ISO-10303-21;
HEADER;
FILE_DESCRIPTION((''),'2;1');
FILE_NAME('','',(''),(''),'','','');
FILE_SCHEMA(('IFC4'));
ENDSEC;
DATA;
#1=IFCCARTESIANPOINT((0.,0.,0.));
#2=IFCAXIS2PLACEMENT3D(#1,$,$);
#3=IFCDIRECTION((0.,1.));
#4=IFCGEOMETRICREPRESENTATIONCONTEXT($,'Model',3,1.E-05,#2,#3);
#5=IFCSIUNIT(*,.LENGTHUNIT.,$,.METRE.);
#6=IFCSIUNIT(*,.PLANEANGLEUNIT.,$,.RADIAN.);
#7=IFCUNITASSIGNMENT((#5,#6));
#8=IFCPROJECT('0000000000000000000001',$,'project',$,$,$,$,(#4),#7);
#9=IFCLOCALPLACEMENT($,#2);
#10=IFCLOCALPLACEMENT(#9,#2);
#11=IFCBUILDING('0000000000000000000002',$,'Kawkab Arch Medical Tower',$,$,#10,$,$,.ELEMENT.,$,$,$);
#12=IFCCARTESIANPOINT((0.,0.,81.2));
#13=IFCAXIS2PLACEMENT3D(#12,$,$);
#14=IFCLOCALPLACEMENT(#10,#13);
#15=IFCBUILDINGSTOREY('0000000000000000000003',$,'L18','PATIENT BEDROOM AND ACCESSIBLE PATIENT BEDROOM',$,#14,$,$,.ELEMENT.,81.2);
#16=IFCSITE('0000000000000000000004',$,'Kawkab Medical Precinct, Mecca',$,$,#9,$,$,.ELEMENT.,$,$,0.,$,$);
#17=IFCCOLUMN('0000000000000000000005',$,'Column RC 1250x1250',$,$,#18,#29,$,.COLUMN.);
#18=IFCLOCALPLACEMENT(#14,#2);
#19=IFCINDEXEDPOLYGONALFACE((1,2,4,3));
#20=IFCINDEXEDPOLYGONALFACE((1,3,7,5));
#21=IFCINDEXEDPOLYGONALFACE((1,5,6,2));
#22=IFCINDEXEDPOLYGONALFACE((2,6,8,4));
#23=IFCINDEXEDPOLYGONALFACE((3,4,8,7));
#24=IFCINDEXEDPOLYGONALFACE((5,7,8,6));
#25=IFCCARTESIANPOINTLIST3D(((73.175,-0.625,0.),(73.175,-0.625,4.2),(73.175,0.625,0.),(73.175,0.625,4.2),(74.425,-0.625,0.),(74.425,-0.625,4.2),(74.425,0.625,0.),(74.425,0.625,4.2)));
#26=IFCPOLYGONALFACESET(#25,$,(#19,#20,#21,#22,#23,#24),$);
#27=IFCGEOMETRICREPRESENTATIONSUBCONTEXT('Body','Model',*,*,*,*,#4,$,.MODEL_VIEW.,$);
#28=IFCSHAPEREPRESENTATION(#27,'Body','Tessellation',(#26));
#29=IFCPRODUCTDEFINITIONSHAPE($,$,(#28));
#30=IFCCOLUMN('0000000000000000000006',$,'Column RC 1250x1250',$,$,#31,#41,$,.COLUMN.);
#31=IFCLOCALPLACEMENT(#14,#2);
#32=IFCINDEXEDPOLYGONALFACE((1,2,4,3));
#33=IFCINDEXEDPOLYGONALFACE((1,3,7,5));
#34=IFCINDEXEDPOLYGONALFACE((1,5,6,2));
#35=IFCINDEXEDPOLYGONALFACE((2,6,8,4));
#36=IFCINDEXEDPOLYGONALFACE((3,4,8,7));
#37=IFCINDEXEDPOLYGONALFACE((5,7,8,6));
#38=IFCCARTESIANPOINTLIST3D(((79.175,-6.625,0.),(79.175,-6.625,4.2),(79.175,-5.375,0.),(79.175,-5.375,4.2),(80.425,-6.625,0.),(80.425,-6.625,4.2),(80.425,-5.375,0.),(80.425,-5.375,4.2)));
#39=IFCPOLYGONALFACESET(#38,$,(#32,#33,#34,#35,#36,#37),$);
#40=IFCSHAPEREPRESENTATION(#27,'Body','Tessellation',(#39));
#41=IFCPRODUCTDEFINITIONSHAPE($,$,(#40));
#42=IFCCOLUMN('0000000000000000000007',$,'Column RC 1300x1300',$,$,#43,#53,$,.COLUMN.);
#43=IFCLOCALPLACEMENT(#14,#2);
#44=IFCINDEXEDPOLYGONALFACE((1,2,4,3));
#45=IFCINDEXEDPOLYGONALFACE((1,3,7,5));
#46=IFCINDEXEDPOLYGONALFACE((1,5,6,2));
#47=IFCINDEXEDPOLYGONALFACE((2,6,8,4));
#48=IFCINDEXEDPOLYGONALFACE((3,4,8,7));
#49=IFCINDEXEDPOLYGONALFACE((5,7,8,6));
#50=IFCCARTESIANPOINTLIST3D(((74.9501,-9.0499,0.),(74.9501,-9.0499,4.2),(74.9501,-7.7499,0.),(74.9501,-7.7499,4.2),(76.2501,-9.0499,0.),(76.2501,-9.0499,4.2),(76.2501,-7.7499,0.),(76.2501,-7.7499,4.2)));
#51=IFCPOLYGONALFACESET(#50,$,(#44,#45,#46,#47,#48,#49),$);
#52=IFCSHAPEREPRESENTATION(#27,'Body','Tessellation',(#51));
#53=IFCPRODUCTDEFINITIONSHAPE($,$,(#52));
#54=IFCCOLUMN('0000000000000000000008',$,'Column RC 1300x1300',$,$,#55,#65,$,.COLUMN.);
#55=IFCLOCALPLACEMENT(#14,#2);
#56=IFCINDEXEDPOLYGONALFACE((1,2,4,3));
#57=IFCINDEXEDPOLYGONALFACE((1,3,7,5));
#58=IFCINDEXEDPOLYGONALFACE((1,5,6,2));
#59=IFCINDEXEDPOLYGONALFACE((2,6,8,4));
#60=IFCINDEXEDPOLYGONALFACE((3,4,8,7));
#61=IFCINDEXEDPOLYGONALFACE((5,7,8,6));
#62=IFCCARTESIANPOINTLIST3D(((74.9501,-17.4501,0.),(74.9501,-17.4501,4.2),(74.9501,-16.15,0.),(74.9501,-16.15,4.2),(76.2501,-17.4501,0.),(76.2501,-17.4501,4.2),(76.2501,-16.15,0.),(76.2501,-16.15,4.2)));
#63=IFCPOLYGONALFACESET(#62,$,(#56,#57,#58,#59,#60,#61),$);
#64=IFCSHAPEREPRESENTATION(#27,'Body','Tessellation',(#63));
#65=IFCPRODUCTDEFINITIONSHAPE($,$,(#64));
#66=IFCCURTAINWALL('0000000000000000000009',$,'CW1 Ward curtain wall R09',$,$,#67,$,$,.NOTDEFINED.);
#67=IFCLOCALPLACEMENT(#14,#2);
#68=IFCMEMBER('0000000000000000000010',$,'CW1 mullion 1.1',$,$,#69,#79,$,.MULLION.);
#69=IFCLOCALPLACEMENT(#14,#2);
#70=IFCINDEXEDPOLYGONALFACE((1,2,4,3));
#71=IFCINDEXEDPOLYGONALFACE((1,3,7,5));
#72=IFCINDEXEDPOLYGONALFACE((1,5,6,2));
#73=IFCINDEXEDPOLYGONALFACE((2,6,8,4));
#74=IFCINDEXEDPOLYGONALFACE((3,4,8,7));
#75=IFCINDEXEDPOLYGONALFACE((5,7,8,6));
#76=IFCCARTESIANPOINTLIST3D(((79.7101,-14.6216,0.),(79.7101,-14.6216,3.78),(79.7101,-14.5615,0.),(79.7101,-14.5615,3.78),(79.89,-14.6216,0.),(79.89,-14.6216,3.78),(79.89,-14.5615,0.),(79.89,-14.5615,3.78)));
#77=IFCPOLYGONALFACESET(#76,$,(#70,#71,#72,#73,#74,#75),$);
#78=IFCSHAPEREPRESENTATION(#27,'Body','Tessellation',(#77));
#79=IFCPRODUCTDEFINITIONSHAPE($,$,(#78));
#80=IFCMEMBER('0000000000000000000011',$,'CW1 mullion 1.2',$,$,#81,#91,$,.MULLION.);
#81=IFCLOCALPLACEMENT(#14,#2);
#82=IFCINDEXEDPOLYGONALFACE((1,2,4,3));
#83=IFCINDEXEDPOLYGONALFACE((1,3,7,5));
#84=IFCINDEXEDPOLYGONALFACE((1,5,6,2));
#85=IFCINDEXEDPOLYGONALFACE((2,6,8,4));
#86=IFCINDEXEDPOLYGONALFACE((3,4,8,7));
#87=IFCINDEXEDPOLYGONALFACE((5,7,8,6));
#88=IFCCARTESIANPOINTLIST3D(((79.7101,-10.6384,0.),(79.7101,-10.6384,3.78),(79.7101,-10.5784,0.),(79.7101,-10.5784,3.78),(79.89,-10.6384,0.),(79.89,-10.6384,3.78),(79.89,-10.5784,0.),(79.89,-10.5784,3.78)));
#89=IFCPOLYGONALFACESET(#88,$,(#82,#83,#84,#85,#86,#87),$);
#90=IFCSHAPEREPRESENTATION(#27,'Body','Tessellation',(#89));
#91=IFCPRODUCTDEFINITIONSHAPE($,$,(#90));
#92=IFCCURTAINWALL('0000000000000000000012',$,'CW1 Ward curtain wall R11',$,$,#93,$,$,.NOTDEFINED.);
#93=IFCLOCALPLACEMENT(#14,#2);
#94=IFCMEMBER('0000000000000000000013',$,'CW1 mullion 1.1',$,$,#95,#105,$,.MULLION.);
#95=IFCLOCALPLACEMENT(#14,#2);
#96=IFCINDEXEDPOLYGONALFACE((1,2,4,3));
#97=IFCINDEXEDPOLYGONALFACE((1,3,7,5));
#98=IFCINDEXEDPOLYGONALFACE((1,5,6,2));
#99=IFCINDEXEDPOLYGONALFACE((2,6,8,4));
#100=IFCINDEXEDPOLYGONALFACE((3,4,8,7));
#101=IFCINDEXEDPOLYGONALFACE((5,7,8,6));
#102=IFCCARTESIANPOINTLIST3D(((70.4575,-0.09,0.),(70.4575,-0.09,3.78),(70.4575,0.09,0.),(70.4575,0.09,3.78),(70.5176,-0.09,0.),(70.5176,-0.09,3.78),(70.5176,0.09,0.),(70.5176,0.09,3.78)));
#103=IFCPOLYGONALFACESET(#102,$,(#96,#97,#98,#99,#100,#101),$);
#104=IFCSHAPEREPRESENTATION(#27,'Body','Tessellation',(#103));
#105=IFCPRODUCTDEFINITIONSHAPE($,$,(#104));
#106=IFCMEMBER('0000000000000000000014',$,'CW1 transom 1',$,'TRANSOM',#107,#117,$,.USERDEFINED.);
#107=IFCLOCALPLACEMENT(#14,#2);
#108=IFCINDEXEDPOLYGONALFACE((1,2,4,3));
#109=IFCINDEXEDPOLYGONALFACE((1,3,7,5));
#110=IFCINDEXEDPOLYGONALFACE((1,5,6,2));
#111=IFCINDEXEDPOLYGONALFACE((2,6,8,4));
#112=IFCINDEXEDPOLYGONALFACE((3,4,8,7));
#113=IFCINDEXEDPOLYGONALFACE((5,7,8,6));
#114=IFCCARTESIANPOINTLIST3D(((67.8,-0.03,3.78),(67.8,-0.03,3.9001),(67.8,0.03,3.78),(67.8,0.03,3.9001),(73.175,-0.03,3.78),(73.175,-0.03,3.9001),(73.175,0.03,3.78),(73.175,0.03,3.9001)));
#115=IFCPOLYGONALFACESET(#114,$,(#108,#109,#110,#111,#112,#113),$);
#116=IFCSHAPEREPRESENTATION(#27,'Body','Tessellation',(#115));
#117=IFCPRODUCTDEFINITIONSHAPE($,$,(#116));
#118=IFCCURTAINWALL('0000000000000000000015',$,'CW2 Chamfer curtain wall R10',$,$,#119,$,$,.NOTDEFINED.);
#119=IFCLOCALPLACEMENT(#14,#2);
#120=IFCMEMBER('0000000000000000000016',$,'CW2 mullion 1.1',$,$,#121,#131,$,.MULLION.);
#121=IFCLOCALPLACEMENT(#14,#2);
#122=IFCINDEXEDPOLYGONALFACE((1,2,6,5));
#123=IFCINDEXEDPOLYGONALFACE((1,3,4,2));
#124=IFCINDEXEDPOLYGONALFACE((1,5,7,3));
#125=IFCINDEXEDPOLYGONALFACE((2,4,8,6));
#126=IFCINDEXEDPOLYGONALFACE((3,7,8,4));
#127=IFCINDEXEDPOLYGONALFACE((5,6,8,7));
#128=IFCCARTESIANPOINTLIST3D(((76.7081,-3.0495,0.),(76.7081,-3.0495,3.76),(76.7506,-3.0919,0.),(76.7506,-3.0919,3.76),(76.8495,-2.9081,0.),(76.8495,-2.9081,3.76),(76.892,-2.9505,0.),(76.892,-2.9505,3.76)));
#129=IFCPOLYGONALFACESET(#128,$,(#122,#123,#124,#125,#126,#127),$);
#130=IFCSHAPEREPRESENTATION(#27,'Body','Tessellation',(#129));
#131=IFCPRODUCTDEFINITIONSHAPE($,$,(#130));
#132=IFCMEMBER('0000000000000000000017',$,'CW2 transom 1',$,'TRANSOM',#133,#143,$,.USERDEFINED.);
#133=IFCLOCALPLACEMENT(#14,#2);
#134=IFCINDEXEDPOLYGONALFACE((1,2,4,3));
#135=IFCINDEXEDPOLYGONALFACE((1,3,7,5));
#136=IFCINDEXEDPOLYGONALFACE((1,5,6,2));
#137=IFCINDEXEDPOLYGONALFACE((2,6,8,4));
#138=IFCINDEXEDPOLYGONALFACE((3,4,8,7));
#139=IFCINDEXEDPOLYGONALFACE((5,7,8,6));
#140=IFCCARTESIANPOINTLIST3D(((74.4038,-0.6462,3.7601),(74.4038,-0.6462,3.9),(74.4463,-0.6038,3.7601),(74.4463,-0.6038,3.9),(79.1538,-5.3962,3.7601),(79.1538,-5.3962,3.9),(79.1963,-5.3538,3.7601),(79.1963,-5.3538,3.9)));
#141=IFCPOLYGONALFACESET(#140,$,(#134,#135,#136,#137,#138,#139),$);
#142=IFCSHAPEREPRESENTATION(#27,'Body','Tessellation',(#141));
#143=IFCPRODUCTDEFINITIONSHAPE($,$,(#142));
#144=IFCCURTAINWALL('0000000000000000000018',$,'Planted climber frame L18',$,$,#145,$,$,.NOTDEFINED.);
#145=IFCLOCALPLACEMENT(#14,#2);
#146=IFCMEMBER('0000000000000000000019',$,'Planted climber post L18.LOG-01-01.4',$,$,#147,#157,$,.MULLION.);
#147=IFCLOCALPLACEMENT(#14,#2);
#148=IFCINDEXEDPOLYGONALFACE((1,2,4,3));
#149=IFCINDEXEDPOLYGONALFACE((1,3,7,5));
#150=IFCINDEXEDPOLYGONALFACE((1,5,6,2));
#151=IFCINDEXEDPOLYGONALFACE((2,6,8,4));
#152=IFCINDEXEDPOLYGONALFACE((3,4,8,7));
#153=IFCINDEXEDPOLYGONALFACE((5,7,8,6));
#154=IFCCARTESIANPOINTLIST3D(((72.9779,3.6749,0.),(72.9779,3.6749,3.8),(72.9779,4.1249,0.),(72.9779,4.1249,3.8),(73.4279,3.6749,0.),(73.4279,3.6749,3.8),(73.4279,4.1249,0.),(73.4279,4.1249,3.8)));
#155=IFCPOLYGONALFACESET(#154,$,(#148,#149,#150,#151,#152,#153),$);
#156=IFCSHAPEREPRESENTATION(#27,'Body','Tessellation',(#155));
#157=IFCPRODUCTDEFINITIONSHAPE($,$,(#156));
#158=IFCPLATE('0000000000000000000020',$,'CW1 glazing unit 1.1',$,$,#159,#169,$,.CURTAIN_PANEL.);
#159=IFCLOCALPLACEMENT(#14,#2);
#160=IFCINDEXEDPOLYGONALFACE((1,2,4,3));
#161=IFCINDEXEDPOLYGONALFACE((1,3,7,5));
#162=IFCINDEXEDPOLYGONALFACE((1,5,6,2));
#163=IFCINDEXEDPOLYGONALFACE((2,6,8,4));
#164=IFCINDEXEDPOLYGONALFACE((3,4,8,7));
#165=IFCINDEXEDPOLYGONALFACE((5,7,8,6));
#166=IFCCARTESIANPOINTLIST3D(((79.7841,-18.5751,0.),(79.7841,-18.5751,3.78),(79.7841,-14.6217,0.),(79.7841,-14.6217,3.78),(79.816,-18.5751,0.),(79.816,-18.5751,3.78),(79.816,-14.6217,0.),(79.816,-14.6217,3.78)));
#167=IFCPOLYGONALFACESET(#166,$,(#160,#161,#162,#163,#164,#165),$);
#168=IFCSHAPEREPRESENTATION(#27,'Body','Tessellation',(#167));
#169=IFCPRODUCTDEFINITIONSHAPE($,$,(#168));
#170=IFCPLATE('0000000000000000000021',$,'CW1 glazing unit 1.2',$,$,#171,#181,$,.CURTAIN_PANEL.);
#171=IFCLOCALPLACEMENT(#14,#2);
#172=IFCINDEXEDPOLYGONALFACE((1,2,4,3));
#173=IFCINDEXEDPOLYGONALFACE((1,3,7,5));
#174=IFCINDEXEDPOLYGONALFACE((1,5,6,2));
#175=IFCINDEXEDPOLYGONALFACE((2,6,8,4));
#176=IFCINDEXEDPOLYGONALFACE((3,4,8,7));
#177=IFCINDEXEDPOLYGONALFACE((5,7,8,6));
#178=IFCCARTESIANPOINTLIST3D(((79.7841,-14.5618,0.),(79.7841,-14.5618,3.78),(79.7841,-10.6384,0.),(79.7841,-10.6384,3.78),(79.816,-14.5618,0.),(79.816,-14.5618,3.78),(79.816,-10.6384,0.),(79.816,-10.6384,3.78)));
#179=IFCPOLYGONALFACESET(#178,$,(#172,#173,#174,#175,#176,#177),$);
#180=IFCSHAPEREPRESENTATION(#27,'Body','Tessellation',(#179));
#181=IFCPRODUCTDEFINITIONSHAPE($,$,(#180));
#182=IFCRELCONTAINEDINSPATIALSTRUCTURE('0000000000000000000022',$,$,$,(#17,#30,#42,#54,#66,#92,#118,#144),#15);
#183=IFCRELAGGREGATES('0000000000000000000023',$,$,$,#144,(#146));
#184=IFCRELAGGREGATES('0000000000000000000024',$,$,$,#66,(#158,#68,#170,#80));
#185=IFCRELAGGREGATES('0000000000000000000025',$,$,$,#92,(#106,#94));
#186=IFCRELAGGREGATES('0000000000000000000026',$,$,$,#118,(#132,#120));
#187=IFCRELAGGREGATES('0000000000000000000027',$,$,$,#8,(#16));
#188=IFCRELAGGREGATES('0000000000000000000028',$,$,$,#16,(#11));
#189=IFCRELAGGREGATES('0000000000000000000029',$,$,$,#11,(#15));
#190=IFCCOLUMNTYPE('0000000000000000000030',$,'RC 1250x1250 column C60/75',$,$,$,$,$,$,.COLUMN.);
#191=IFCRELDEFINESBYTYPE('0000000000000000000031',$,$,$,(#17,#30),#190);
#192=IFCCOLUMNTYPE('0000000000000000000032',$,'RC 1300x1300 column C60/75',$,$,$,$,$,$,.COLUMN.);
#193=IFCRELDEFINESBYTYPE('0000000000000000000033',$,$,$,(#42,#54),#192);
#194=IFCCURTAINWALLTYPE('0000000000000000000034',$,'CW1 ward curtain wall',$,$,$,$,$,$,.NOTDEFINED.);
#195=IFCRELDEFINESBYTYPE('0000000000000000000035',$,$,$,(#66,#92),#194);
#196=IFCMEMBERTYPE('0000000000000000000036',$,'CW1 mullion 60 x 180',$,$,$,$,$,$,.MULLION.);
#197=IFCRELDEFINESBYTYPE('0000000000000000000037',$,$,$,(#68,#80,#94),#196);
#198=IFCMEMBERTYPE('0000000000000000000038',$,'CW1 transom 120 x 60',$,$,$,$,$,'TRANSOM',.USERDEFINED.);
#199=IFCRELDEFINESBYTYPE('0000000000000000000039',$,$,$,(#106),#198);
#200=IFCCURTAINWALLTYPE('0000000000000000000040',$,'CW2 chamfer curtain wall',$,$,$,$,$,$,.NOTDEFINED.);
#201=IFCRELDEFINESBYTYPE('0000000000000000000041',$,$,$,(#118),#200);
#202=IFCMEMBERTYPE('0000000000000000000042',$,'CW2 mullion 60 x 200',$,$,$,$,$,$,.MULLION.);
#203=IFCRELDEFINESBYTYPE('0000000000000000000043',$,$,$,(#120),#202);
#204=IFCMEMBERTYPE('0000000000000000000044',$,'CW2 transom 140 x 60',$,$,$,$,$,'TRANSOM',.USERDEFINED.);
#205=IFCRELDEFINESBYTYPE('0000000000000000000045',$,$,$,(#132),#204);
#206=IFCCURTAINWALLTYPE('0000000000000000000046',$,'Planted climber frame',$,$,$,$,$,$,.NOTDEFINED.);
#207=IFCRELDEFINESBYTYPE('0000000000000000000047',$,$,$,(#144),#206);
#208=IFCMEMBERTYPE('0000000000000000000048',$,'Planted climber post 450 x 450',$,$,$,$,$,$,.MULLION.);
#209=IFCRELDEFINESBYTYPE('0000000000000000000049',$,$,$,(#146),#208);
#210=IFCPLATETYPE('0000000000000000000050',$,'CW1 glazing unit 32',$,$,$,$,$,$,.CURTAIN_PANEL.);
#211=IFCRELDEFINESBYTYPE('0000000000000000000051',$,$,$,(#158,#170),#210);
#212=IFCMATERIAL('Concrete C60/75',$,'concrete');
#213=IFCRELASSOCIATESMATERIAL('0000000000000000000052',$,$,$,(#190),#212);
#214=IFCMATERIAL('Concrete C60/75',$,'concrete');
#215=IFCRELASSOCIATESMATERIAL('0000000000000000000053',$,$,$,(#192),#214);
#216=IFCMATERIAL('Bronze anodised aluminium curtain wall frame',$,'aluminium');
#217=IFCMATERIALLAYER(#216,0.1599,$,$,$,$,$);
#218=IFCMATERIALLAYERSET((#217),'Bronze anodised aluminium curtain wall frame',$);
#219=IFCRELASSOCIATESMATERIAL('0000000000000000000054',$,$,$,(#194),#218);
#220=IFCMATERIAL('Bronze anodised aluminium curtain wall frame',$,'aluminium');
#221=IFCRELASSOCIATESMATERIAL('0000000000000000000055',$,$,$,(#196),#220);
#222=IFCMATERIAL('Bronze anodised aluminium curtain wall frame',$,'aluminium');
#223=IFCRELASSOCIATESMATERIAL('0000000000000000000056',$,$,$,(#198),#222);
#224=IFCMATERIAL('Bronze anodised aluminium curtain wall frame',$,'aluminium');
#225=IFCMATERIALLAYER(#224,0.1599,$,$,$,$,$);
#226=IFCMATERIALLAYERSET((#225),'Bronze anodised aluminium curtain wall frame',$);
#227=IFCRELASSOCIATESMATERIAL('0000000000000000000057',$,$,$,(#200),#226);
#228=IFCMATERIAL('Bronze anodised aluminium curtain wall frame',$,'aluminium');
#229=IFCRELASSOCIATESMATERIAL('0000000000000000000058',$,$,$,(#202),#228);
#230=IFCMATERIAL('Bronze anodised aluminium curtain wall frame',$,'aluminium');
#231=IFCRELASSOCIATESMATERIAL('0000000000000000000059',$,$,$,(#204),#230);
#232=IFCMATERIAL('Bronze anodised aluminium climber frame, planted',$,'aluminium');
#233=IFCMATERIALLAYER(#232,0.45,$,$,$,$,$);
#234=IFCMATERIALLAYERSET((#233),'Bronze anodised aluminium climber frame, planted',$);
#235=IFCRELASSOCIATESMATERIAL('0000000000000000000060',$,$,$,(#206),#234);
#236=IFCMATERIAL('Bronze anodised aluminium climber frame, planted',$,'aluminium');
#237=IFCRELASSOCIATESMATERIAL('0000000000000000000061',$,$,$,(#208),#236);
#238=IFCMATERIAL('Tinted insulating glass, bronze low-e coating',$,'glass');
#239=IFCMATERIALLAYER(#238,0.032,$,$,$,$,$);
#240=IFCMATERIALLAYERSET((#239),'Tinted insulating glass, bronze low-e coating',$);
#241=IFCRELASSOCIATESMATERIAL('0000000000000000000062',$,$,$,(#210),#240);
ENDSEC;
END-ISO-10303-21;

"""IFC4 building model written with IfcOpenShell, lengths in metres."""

from ifc_helpers import new_model, si_unit, direction, frame, origin, origin_2d, place, context, subcontext, project, spatial, rectangle, extrude, material, layer, layer_set, material_profile, profile_set, type_object, element, aggregate, save


model = new_model("IFC4")

# Units and contexts
model_context = context("Model", 3, precision=1e-05, world=origin(), true_north=direction((0.0, 1.0)))
body_context = subcontext(model_context, "Body", "Model", "MODEL_VIEW")
ifc_project = project(units=[si_unit("LENGTHUNIT", "METRE"), si_unit("PLANEANGLEUNIT", "RADIAN")], contexts=[model_context])

# Site, building, storey
site_placement = place(None, origin())
site = spatial("IfcSite", under=ifc_project, at=site_placement, Name="Kawkab Medical Precinct, Mecca", CompositionType="ELEMENT", RefElevation=0.0)
building_placement = place(site_placement, origin())
building = spatial("IfcBuilding", under=site, at=building_placement, Name="Kawkab Arch Medical Tower", CompositionType="ELEMENT")
storey_placement = place(building_placement, frame((0.0, 0.0, 81.2)))
storey = spatial("IfcBuildingStorey", under=building, at=storey_placement, Name="L18", Description="PATIENT BEDROOM AND ACCESSIBLE PATIENT BEDROOM", CompositionType="ELEMENT", Elevation=81.2)

# Columns
ifc_material_1 = material(Name="Concrete C60/75", Category="concrete")
ifc_material_profile_1 = material_profile(ifc_material_1, rectangle(XDim=1.25, YDim=1.25, at=origin_2d()), Name="RC 1250x1250")
ifc_profile_set_1 = profile_set([ifc_material_profile_1], Name="Concrete C60/75")
column_type_1 = type_object("IfcColumnType", Name="RC 1250x1250 column C60/75", PredefinedType="COLUMN", material=ifc_profile_set_1)
for number, where, z_axis, x_axis, name in (
    (1, (73.8, 0.0, 0.0), (0.0, 0.0, 1.0), (1.0, 0.0, 0.0), "Column RC 1250x1250"),
    (2, (79.8, -6.0, 0.0), (0.0, 0.0, 1.0), (1.0, 0.0, 0.0), "Column RC 1250x1250"),
):
    element("IfcColumn", number, at=place(storey_placement, frame(where, z_axis=z_axis, x_axis=x_axis)), inside=storey, type_object=column_type_1, Name=name, PredefinedType="COLUMN", context=body_context, shape_type="SweptSolid", body=[
        extrude(rectangle(XDim=1.25, YDim=1.25, at=origin_2d()), origin(), (0.0, 0.0, 1.0), 4.2),
    ])
ifc_material_2 = material(Name="Concrete C60/75", Category="concrete")
ifc_material_profile_2 = material_profile(ifc_material_2, rectangle(XDim=1.3, YDim=1.3, at=origin_2d()), Name="RC 1300x1300")
ifc_profile_set_2 = profile_set([ifc_material_profile_2], Name="Concrete C60/75")
column_type_2 = type_object("IfcColumnType", Name="RC 1300x1300 column C60/75", PredefinedType="COLUMN", material=ifc_profile_set_2)
for number, where, z_axis, x_axis, name in (
    (3, (75.6001, -8.3999, 0.0), (0.0, 0.0, 1.0), (1.0, 0.0, 0.0), "Column RC 1300x1300"),
    (4, (75.6001, -16.8, 0.0), (0.0, 0.0, 1.0), (1.0, 0.0, 0.0), "Column RC 1300x1300"),
):
    element("IfcColumn", number, at=place(storey_placement, frame(where, z_axis=z_axis, x_axis=x_axis)), inside=storey, type_object=column_type_2, Name=name, PredefinedType="COLUMN", context=body_context, shape_type="SweptSolid", body=[
        extrude(rectangle(XDim=1.3, YDim=1.3, at=origin_2d()), origin(), (0.0, 0.0, 1.0), 4.2),
    ])

# Curtain walls, members
ifc_material_3 = material(Name="Bronze anodised aluminium curtain wall frame", Category="aluminium")
ifc_layer_1 = layer(ifc_material_3, 0.1599)
ifc_layer_set_1 = layer_set([ifc_layer_1], Name="Bronze anodised aluminium curtain wall frame")
curtain_wall_type_1 = type_object("IfcCurtainWallType", Name="CW1 ward curtain wall", PredefinedType="NOTDEFINED", material=ifc_layer_set_1)
placement = place(storey_placement, origin())
curtain_wall_1 = element("IfcCurtainWall", 5, at=placement, inside=storey, type_object=curtain_wall_type_1, Name="CW1 Ward curtain wall R09", PredefinedType="NOTDEFINED")
ifc_material_4 = material(Name="Bronze anodised aluminium curtain wall frame", Category="aluminium")
ifc_material_profile_3 = material_profile(ifc_material_4, rectangle(XDim=0.1799, YDim=0.0601, at=origin_2d()), Name="AL 60x180")
ifc_profile_set_3 = profile_set([ifc_material_profile_3], Name="Bronze anodised aluminium curtain wall frame")
member_type_1 = type_object("IfcMemberType", Name="CW1 mullion 60 x 180", PredefinedType="MULLION", material=ifc_profile_set_3)
member_1_placement = place(storey_placement, frame((79.8, -14.5916, 0.0), z_axis=(0.0, 0.0, 1.0), x_axis=(-1.0, 0.0, 0.0)))
member_1 = element("IfcMember", 6, at=member_1_placement, type_object=member_type_1, Name="CW1 mullion 1.1", PredefinedType="MULLION", context=body_context, shape_type="SweptSolid", body=[
    extrude(rectangle(XDim=0.1799, YDim=0.0601, at=origin_2d()), origin(), (0.0, 0.0, 1.0), 3.78),
])
member_2_placement = place(storey_placement, frame((79.8, -10.6084, 0.0), z_axis=(0.0, 0.0, 1.0), x_axis=(-1.0, 0.0, 0.0)))
member_2 = element("IfcMember", 7, at=member_2_placement, type_object=member_type_1, Name="CW1 mullion 1.2", PredefinedType="MULLION", context=body_context, shape_type="SweptSolid", body=[
    extrude(rectangle(XDim=0.1799, YDim=0.0601, at=origin_2d()), origin(), (0.0, 0.0, 1.0), 3.78),
])
curtain_wall_2 = element("IfcCurtainWall", 8, at=placement, inside=storey, type_object=curtain_wall_type_1, Name="CW1 Ward curtain wall R11", PredefinedType="NOTDEFINED")
member_3_placement = place(storey_placement, frame((70.4875, 0.0, 0.0), z_axis=(0.0, 0.0, 1.0), x_axis=(0.0, -1.0, 0.0)))
member_3 = element("IfcMember", 9, at=member_3_placement, type_object=member_type_1, Name="CW1 mullion 1.1", PredefinedType="MULLION", context=body_context, shape_type="SweptSolid", body=[
    extrude(rectangle(XDim=0.1799, YDim=0.0601, at=origin_2d()), origin(), (0.0, 0.0, 1.0), 3.78),
])
ifc_material_5 = material(Name="Bronze anodised aluminium curtain wall frame", Category="aluminium")
ifc_material_profile_4 = material_profile(ifc_material_5, rectangle(XDim=0.0601, YDim=0.1201, at=origin_2d()), Name="AL 60x120")
ifc_profile_set_4 = profile_set([ifc_material_profile_4], Name="Bronze anodised aluminium curtain wall frame")
member_type_2 = type_object("IfcMemberType", Name="CW1 transom 120 x 60", ElementType="TRANSOM", PredefinedType="USERDEFINED", material=ifc_profile_set_4)
member_4_placement = place(storey_placement, frame((73.175, 0.0, 3.8401), z_axis=(-1.0, 0.0, 0.0), x_axis=(0.0, -1.0, 0.0)))
member_4 = element("IfcMember", 10, at=member_4_placement, type_object=member_type_2, Name="CW1 transom 1", ObjectType="TRANSOM", PredefinedType="USERDEFINED", context=body_context, shape_type="SweptSolid", body=[
    extrude(rectangle(XDim=0.0601, YDim=0.1201, at=origin_2d()), origin(), (0.0, 0.0, 1.0), 5.375),
])
ifc_material_6 = material(Name="Bronze anodised aluminium curtain wall frame", Category="aluminium")
ifc_layer_2 = layer(ifc_material_6, 0.1599)
ifc_layer_set_2 = layer_set([ifc_layer_2], Name="Bronze anodised aluminium curtain wall frame")
curtain_wall_type_2 = type_object("IfcCurtainWallType", Name="CW2 chamfer curtain wall", PredefinedType="NOTDEFINED", material=ifc_layer_set_2)
curtain_wall_3 = element("IfcCurtainWall", 11, at=placement, inside=storey, type_object=curtain_wall_type_2, Name="CW2 Chamfer curtain wall R10", PredefinedType="NOTDEFINED")
ifc_material_7 = material(Name="Bronze anodised aluminium curtain wall frame", Category="aluminium")
ifc_material_profile_5 = material_profile(ifc_material_7, rectangle(XDim=0.2, YDim=0.0601, at=origin_2d()), Name="AL 60x200")
ifc_profile_set_5 = profile_set([ifc_material_profile_5], Name="Bronze anodised aluminium curtain wall frame")
member_type_3 = type_object("IfcMemberType", Name="CW2 mullion 60 x 200", PredefinedType="MULLION", material=ifc_profile_set_5)
member_5_placement = place(storey_placement, frame((76.8, -3.0, 0.0), z_axis=(0.0, 0.0, 1.0), x_axis=(-0.707107, -0.707107, 0.0)))
member_5 = element("IfcMember", 12, at=member_5_placement, type_object=member_type_3, Name="CW2 mullion 1.1", PredefinedType="MULLION", context=body_context, shape_type="SweptSolid", body=[
    extrude(rectangle(XDim=0.2, YDim=0.0601, at=origin_2d()), origin(), (0.0, 0.0, 1.0), 3.76),
])
ifc_material_8 = material(Name="Bronze anodised aluminium curtain wall frame", Category="aluminium")
ifc_material_profile_6 = material_profile(ifc_material_8, rectangle(XDim=0.0601, YDim=0.1399, at=origin_2d()), Name="AL 60x140")
ifc_profile_set_6 = profile_set([ifc_material_profile_6], Name="Bronze anodised aluminium curtain wall frame")
member_type_4 = type_object("IfcMemberType", Name="CW2 transom 140 x 60", ElementType="TRANSOM", PredefinedType="USERDEFINED", material=ifc_profile_set_6)
member_6_placement = place(storey_placement, frame((79.175, -5.375, 3.8301), z_axis=(-0.707107, 0.707107, 0.0), x_axis=(-0.707107, -0.707107, 0.0)))
member_6 = element("IfcMember", 13, at=member_6_placement, type_object=member_type_4, Name="CW2 transom 1", ObjectType="TRANSOM", PredefinedType="USERDEFINED", context=body_context, shape_type="SweptSolid", body=[
    extrude(rectangle(XDim=0.0601, YDim=0.1399, at=origin_2d()), origin(), (0.0, 0.0, 1.0), 6.7175),
])

# Curtain wall, member
ifc_material_9 = material(Name="Bronze anodised aluminium climber frame, planted", Category="aluminium")
ifc_layer_3 = layer(ifc_material_9, 0.45)
ifc_layer_set_3 = layer_set([ifc_layer_3], Name="Bronze anodised aluminium climber frame, planted")
curtain_wall_type_3 = type_object("IfcCurtainWallType", Name="Planted climber frame", PredefinedType="NOTDEFINED", material=ifc_layer_set_3)
curtain_wall_4 = element("IfcCurtainWall", 14, at=placement, inside=storey, type_object=curtain_wall_type_3, Name="Planted climber frame L18", PredefinedType="NOTDEFINED")
ifc_material_10 = material(Name="Bronze anodised aluminium climber frame, planted", Category="aluminium")
ifc_material_profile_7 = material_profile(ifc_material_10, rectangle(XDim=0.45, YDim=0.45, at=origin_2d()), Name="Post 450x450")
ifc_profile_set_7 = profile_set([ifc_material_profile_7], Name="Bronze anodised aluminium climber frame, planted")
member_type_5 = type_object("IfcMemberType", Name="Planted climber post 450 x 450", PredefinedType="MULLION", material=ifc_profile_set_7)
member_7_placement = place(storey_placement, frame((73.2029, 3.8999, 0.0), z_axis=(0.0, 0.0, 1.0), x_axis=(1.0, 0.0, 0.0)))
member_7 = element("IfcMember", 15, at=member_7_placement, type_object=member_type_5, Name="Planted climber post L18.LOG-01-01.4", PredefinedType="MULLION", context=body_context, shape_type="SweptSolid", body=[
    extrude(rectangle(XDim=0.45, YDim=0.45, at=origin_2d()), origin(), (0.0, 0.0, 1.0), 3.8),
])
aggregate(curtain_wall_4, [member_7])

# Plates
ifc_material_11 = material(Name="Tinted insulating glass, bronze low-e coating", Category="glass")
ifc_layer_4 = layer(ifc_material_11, 0.032)
ifc_layer_set_4 = layer_set([ifc_layer_4], Name="Tinted insulating glass, bronze low-e coating")
plate_type_1 = type_object("IfcPlateType", Name="CW1 glazing unit 32", PredefinedType="CURTAIN_PANEL", material=ifc_layer_set_4)
plate_1_placement = place(storey_placement, frame((79.8, -16.5984, 0.0), z_axis=(0.0, 0.0, 1.0), x_axis=(0.0, 1.0, 0.0)))
plate_1 = element("IfcPlate", 16, at=plate_1_placement, type_object=plate_type_1, Name="CW1 glazing unit 1.1", PredefinedType="CURTAIN_PANEL", context=body_context, shape_type="SweptSolid", body=[
    extrude(rectangle(XDim=3.9534, YDim=0.032, at=origin_2d()), origin(), (0.0, 0.0, 1.0), 3.78),
])
plate_2_placement = place(storey_placement, frame((79.8, -12.6001, 0.0), z_axis=(0.0, 0.0, 1.0), x_axis=(0.0, 1.0, 0.0)))
plate_2 = element("IfcPlate", 17, at=plate_2_placement, type_object=plate_type_1, Name="CW1 glazing unit 1.2", PredefinedType="CURTAIN_PANEL", context=body_context, shape_type="SweptSolid", body=[
    extrude(rectangle(XDim=3.9233, YDim=0.032, at=origin_2d()), origin(), (0.0, 0.0, 1.0), 3.78),
])
aggregate(curtain_wall_1, [plate_1, member_1, plate_2, member_2])
aggregate(curtain_wall_2, [member_4, member_3])
aggregate(curtain_wall_3, [member_6, member_5])

save(model, "model.ifc")
